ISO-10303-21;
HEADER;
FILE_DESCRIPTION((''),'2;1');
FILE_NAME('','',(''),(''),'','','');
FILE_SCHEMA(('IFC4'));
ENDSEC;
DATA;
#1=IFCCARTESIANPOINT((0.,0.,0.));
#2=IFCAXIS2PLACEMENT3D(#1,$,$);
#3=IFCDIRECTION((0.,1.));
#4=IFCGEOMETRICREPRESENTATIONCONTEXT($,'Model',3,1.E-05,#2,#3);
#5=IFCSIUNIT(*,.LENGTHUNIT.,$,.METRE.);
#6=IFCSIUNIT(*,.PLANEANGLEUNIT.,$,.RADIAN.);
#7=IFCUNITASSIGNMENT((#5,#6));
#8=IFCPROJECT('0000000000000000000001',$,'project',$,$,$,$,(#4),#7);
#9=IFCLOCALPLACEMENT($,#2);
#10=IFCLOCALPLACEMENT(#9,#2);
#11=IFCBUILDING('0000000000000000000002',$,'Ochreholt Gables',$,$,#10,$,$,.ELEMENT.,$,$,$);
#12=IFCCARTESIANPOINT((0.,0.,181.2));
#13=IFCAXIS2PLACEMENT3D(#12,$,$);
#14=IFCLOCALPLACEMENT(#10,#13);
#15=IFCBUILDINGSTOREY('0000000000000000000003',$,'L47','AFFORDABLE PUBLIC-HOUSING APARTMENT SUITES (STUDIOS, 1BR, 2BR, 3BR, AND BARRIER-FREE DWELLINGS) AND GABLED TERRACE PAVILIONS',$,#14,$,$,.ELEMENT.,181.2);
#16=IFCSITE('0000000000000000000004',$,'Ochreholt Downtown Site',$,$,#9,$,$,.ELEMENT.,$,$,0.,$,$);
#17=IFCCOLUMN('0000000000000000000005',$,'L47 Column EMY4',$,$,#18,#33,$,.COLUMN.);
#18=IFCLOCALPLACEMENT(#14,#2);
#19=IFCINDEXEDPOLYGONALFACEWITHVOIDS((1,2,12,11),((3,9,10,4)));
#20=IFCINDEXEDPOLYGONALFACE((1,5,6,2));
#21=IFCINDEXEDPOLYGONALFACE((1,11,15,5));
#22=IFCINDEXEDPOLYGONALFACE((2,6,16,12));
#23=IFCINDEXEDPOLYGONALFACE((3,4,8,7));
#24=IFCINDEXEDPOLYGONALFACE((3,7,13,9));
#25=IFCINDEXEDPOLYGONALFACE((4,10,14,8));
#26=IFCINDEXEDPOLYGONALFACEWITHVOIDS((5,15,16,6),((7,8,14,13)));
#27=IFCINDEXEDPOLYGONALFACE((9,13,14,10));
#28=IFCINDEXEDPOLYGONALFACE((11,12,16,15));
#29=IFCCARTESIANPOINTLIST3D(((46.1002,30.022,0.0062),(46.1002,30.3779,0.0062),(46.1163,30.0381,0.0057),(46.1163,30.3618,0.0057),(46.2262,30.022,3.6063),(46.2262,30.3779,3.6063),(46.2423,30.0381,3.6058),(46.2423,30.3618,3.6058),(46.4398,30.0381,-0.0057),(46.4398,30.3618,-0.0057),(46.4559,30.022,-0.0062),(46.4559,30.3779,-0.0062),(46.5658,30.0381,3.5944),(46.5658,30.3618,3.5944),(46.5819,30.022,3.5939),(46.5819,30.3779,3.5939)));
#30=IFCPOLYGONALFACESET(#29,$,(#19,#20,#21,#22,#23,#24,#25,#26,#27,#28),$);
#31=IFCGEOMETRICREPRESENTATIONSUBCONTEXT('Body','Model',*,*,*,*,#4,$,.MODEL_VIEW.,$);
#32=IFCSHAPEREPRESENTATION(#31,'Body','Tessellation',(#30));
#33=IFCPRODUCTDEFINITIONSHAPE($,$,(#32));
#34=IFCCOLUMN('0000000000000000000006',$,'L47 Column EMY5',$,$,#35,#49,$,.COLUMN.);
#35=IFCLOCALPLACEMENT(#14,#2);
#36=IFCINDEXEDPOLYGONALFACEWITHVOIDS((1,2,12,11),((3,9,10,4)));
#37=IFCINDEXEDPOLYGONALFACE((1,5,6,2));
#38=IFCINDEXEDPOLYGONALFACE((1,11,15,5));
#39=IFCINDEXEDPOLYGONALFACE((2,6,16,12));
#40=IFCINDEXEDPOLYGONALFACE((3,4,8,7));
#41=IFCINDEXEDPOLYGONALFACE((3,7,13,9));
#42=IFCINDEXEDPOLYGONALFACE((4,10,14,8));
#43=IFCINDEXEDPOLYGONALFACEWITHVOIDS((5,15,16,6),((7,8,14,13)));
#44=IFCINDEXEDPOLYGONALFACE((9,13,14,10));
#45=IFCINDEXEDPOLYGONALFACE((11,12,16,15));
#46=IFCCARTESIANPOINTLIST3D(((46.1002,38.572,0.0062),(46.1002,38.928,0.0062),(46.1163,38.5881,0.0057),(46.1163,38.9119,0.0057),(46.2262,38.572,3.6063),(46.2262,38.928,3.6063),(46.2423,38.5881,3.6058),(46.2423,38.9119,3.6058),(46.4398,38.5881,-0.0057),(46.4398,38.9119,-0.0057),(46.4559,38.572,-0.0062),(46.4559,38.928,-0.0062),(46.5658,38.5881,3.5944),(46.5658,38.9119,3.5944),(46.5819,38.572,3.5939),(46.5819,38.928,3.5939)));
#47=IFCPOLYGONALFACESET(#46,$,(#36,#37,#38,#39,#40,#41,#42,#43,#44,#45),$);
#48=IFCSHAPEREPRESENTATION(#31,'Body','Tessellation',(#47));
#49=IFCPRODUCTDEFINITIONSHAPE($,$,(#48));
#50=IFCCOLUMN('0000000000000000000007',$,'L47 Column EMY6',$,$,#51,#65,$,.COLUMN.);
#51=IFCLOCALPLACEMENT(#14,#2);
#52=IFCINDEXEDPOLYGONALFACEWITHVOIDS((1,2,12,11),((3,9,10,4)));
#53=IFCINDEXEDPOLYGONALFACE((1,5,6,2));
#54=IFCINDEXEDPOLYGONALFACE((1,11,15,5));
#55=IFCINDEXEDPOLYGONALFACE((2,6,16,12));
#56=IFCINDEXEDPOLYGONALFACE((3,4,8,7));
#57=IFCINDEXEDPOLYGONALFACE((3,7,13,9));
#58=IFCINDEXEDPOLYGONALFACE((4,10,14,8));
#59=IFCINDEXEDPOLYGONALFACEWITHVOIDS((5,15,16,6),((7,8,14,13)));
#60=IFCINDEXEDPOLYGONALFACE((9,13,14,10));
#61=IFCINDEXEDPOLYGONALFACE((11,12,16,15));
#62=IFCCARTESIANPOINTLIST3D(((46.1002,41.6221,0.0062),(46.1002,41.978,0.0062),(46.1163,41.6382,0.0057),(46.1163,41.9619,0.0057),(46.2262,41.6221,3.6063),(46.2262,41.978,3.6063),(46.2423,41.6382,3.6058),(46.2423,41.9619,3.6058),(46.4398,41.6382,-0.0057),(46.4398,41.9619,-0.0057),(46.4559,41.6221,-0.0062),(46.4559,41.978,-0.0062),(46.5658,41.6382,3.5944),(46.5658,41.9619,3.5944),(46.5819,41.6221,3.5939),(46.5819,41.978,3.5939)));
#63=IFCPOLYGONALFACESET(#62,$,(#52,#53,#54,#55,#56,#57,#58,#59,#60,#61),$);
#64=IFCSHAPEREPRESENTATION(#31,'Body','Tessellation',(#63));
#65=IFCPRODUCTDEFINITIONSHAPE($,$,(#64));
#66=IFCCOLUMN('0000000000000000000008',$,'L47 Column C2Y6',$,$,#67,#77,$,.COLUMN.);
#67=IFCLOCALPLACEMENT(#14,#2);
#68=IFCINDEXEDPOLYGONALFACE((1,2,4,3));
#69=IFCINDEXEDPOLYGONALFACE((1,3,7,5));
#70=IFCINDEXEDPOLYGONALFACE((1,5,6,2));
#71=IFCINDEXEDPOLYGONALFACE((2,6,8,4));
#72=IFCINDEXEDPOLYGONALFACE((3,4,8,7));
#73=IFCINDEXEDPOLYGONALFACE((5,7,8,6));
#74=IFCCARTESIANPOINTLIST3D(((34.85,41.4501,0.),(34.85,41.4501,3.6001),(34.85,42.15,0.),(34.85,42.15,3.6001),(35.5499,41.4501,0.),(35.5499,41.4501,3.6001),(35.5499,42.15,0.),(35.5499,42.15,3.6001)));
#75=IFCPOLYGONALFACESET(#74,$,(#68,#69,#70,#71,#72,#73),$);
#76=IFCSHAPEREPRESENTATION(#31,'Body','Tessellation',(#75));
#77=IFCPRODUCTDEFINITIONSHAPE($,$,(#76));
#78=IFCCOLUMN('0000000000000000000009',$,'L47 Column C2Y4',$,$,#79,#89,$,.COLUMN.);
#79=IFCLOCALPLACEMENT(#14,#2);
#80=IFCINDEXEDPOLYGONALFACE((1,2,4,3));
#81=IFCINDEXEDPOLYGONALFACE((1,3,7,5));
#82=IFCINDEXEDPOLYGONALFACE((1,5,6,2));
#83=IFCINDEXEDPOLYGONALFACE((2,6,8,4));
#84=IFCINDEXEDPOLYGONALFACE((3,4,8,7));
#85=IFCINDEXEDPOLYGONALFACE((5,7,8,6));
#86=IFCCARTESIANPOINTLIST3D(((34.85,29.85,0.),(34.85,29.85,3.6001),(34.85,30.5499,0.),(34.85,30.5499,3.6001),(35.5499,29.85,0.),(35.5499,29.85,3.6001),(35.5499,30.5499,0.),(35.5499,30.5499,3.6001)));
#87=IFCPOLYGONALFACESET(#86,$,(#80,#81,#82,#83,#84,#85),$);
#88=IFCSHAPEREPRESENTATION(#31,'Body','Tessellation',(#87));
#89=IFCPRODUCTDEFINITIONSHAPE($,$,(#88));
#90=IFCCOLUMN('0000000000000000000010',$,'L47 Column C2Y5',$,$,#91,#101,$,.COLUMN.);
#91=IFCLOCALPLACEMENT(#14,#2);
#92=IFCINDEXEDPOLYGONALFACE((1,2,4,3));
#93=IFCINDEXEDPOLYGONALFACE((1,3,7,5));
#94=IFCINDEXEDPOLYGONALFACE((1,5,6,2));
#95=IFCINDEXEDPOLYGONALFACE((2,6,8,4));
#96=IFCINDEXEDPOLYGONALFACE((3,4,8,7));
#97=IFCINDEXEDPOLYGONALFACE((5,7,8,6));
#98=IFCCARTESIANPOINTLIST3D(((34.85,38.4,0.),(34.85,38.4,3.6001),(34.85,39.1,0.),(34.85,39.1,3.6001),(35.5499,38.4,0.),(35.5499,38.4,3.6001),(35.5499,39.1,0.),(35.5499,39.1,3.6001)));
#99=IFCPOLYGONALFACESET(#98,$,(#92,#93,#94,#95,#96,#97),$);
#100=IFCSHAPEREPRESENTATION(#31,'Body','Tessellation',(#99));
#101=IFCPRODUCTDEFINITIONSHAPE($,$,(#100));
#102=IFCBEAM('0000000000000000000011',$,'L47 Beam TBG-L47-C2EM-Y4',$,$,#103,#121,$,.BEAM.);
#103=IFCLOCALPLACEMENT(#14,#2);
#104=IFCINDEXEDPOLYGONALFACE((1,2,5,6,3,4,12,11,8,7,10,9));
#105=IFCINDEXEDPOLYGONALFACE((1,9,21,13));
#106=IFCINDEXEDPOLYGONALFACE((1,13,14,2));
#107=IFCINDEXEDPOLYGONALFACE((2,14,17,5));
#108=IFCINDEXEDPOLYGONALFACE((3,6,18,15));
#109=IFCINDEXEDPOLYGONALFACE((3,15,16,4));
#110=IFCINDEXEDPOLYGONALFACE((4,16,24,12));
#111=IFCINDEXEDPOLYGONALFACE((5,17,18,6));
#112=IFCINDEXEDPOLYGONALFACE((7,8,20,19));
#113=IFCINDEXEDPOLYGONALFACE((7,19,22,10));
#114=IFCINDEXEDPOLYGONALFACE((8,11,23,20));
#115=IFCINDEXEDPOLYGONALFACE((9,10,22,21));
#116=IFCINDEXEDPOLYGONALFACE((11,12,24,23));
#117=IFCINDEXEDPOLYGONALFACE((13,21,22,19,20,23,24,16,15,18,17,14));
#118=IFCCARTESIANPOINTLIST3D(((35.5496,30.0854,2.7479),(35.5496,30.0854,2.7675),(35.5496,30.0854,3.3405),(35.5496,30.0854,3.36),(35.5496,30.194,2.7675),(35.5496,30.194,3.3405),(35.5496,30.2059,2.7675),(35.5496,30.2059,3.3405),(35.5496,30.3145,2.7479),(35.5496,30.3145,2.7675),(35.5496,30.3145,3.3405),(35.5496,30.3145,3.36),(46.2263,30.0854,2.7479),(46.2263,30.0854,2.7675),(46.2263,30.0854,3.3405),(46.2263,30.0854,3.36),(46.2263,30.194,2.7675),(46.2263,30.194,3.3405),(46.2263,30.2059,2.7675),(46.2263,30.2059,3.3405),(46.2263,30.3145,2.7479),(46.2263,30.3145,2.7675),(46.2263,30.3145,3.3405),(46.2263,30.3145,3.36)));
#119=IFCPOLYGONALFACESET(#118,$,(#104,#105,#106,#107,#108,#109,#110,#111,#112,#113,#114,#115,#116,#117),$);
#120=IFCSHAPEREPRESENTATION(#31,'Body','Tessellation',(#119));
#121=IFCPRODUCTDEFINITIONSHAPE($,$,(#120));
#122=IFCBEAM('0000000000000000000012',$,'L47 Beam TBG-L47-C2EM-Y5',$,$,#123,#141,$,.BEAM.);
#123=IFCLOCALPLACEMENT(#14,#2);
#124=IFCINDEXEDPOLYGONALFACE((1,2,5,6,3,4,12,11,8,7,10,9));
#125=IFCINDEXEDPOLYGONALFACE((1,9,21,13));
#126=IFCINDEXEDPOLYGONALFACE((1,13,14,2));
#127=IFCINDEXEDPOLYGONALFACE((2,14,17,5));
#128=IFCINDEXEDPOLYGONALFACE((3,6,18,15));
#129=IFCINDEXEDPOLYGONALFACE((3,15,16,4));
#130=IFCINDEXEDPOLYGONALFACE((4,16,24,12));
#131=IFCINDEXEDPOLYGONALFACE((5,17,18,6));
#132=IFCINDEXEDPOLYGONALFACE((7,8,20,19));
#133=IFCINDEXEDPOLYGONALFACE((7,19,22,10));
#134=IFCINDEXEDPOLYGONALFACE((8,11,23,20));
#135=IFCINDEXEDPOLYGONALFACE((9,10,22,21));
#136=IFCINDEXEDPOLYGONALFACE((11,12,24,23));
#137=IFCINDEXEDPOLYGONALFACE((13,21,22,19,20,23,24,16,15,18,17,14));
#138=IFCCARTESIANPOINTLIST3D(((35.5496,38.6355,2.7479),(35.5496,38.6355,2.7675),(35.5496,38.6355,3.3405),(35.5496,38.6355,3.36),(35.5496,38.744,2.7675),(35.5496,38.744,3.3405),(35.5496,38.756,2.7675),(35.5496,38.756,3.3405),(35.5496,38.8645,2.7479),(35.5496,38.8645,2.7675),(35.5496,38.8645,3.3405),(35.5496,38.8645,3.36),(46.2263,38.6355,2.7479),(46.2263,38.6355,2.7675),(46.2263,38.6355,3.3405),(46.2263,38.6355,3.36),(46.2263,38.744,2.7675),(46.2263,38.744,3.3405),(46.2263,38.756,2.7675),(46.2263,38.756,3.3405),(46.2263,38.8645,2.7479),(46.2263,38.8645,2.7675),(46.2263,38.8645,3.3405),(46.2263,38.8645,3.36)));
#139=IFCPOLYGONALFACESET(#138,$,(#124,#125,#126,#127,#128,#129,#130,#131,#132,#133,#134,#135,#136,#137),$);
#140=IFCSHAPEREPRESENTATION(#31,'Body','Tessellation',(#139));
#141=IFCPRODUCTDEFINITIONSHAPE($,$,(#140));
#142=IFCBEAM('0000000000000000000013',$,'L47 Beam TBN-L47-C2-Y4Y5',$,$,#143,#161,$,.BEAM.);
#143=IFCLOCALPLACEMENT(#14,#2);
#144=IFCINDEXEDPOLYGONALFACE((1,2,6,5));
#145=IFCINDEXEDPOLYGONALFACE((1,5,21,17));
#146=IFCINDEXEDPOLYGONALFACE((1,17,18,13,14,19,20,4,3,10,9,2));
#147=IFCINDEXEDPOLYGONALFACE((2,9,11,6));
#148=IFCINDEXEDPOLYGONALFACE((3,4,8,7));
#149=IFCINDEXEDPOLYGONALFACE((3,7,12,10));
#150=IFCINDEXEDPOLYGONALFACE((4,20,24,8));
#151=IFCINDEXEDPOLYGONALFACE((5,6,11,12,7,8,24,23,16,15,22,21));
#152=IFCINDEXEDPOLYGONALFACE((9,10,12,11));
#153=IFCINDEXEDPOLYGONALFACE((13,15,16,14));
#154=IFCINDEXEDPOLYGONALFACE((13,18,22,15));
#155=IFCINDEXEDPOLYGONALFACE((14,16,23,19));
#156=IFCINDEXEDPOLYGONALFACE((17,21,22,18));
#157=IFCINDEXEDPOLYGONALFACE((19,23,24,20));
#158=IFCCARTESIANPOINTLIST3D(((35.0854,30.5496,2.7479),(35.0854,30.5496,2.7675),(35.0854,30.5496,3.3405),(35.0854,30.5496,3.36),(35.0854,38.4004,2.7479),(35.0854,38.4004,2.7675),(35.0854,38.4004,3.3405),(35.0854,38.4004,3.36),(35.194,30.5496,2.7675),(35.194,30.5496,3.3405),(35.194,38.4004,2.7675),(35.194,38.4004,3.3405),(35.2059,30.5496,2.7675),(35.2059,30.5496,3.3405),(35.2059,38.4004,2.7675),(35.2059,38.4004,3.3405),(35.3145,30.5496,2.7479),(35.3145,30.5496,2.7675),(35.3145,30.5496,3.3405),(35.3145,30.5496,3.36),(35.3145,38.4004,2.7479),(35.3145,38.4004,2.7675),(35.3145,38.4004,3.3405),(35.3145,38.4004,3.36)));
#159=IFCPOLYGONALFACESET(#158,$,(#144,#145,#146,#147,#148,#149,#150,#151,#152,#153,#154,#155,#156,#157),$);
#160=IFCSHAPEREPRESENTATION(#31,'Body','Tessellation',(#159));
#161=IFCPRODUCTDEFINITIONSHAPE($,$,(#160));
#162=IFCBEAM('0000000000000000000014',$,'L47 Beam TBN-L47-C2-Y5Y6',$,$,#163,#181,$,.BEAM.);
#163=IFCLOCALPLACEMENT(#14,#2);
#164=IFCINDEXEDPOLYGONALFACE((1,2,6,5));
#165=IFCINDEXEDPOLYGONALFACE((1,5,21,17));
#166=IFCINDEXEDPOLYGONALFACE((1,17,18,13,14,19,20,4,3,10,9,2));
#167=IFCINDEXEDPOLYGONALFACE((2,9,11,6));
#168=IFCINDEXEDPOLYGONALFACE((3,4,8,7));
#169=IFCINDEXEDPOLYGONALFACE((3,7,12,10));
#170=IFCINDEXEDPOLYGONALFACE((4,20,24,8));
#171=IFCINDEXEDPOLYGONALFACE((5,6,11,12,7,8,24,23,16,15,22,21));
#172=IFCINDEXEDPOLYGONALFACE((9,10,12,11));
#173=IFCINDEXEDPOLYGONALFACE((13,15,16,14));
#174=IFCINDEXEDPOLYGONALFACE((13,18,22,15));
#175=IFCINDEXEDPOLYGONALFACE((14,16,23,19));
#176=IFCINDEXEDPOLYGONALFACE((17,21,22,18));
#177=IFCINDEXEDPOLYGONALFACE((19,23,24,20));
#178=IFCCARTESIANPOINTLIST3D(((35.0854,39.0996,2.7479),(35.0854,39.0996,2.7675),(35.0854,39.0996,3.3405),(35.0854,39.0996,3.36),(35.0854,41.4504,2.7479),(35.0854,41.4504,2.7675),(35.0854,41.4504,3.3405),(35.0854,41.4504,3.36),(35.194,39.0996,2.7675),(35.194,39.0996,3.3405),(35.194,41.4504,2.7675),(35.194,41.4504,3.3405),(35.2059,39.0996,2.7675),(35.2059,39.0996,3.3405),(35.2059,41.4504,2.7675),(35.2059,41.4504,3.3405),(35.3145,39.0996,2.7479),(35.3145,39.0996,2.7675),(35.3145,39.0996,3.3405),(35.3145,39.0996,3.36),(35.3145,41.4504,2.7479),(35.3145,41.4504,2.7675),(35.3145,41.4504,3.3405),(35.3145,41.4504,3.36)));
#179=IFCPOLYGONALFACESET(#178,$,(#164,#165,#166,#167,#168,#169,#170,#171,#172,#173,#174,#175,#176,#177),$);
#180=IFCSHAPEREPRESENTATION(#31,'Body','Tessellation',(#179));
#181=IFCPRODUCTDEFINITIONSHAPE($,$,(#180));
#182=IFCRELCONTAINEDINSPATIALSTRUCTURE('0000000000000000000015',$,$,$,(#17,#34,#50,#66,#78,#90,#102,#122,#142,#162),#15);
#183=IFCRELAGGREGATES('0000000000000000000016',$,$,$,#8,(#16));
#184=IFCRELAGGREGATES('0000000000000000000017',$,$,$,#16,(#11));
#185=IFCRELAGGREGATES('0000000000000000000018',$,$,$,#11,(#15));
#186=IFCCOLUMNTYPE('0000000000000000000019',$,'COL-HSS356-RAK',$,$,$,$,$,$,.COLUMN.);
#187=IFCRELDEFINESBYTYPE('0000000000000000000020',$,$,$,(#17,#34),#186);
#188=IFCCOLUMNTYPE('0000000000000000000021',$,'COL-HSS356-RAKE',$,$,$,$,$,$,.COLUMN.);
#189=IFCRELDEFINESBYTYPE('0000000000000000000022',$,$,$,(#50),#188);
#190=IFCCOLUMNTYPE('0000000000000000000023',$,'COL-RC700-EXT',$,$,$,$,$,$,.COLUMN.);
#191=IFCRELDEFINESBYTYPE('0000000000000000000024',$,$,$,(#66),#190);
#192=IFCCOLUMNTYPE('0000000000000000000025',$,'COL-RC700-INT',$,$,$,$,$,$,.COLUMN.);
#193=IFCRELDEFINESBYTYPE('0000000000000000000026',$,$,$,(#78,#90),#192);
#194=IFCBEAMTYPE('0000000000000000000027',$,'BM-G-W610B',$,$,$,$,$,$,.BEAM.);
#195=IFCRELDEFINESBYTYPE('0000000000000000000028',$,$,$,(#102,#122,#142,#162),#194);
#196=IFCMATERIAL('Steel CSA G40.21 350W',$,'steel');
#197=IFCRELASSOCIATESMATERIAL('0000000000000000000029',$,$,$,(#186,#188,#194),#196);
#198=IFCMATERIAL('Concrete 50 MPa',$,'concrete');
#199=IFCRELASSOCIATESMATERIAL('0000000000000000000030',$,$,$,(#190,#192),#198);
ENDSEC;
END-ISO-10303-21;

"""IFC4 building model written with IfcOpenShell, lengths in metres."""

from ifc_helpers import new_model, si_unit, direction, frame, origin, origin_2d, place, context, subcontext, project, spatial, rectangle, hollow_rectangle, i_section, extrude, material, material_profile, profile_set, type_object, element, save


model = new_model("IFC4")

# Units and contexts
model_context = context("Model", 3, precision=1e-05, world=origin(), true_north=direction((0.0, 1.0)))
body_context = subcontext(model_context, "Body", "Model", "MODEL_VIEW")
ifc_project = project(units=[si_unit("LENGTHUNIT", "METRE"), si_unit("PLANEANGLEUNIT", "RADIAN")], contexts=[model_context])

# Site, building, storey
site_placement = place(None, origin())
site = spatial("IfcSite", under=ifc_project, at=site_placement, Name="Ochreholt Downtown Site", CompositionType="ELEMENT", RefElevation=0.0)
building_placement = place(site_placement, origin())
building = spatial("IfcBuilding", under=site, at=building_placement, Name="Ochreholt Gables", CompositionType="ELEMENT")
storey_placement = place(building_placement, frame((0.0, 0.0, 181.2)))
storey = spatial("IfcBuildingStorey", under=building, at=storey_placement, Name="L47", Description="AFFORDABLE PUBLIC-HOUSING APARTMENT SUITES (STUDIOS, 1BR, 2BR, 3BR, AND BARRIER-FREE DWELLINGS) AND GABLED TERRACE PAVILIONS", CompositionType="ELEMENT", Elevation=181.2)

# Columns
ifc_material_1 = material(Name="Steel CSA G40.21 350W", Category="steel")
ifc_material_profile_1 = material_profile(ifc_material_1, hollow_rectangle(XDim=0.356, YDim=0.356, WallThickness=0.0161, at=origin_2d()), Name="HSS356X356X16")
ifc_profile_set_1 = profile_set([ifc_material_profile_1], Name="Steel CSA G40.21 350W")
column_type_1 = type_object("IfcColumnType", Name="COL-HSS356-RAK", PredefinedType="COLUMN", material=ifc_profile_set_1)
for number, where, z_axis, x_axis, name in (
    (1, (46.2781, 30.2, 0.0), (0.034971, 0.0, 0.999388), (0.0, 1.0, 0.0), "L47 Column EMY4"),
    (2, (46.2781, 38.75, 0.0), (0.034971, 0.0, 0.999388), (0.0, 1.0, 0.0), "L47 Column EMY5"),
):
    element("IfcColumn", number, at=place(storey_placement, frame(where, z_axis=z_axis, x_axis=x_axis)), inside=storey, type_object=column_type_1, Name=name, PredefinedType="COLUMN", context=body_context, shape_type="SweptSolid", body=[
        extrude(hollow_rectangle(XDim=0.356, YDim=0.356, WallThickness=0.0161, at=origin_2d()), origin(), (0.0, 0.0, 1.0), 3.6023),
    ])
ifc_material_profile_2 = material_profile(ifc_material_1, hollow_rectangle(XDim=0.356, YDim=0.356, WallThickness=0.0161, at=origin_2d()), Name="HSS356X356X16")
ifc_profile_set_2 = profile_set([ifc_material_profile_2], Name="Steel CSA G40.21 350W")
column_type_2 = type_object("IfcColumnType", Name="COL-HSS356-RAKE", PredefinedType="COLUMN", material=ifc_profile_set_2)
column_1_placement = place(storey_placement, frame((46.2781, 41.8, 0.0), z_axis=(0.034971, 0.0, 0.999388), x_axis=(0.0, 1.0, 0.0)))
element("IfcColumn", 3, at=column_1_placement, inside=storey, type_object=column_type_2, Name="L47 Column EMY6", PredefinedType="COLUMN", context=body_context, shape_type="SweptSolid", body=[
    extrude(hollow_rectangle(XDim=0.356, YDim=0.356, WallThickness=0.0161, at=origin_2d()), origin(), (0.0, 0.0, 1.0), 3.6023),
])
ifc_material_2 = material(Name="Concrete 50 MPa", Category="concrete")
ifc_material_profile_3 = material_profile(ifc_material_2, rectangle(XDim=0.7, YDim=0.7, at=origin_2d()), Name="RC700X700")
ifc_profile_set_3 = profile_set([ifc_material_profile_3], Name="Concrete 50 MPa")
column_type_3 = type_object("IfcColumnType", Name="COL-RC700-EXT", PredefinedType="COLUMN", material=ifc_profile_set_3)
column_2_placement = place(storey_placement, frame((35.2, 41.8, 0.0), z_axis=(0.0, 0.0, 1.0), x_axis=(1.0, 0.0, 0.0)))
element("IfcColumn", 4, at=column_2_placement, inside=storey, type_object=column_type_3, Name="L47 Column C2Y6", PredefinedType="COLUMN", context=body_context, shape_type="SweptSolid", body=[
    extrude(rectangle(XDim=0.7, YDim=0.7, at=origin_2d()), origin(), (0.0, 0.0, 1.0), 3.6001),
])
ifc_material_profile_4 = material_profile(ifc_material_2, rectangle(XDim=0.7, YDim=0.7, at=origin_2d()), Name="RC700X700")
ifc_profile_set_4 = profile_set([ifc_material_profile_4], Name="Concrete 50 MPa")
column_type_4 = type_object("IfcColumnType", Name="COL-RC700-INT", PredefinedType="COLUMN", material=ifc_profile_set_4)
for number, where, z_axis, x_axis, name in (
    (5, (35.2, 30.2, 0.0), (0.0, 0.0, 1.0), (1.0, 0.0, 0.0), "L47 Column C2Y4"),
    (6, (35.2, 38.75, 0.0), (0.0, 0.0, 1.0), (1.0, 0.0, 0.0), "L47 Column C2Y5"),
):
    element("IfcColumn", number, at=place(storey_placement, frame(where, z_axis=z_axis, x_axis=x_axis)), inside=storey, type_object=column_type_4, Name=name, PredefinedType="COLUMN", context=body_context, shape_type="SweptSolid", body=[
        extrude(rectangle(XDim=0.7, YDim=0.7, at=origin_2d()), origin(), (0.0, 0.0, 1.0), 3.6001),
    ])

# Beams
ifc_material_profile_5 = material_profile(ifc_material_1, i_section(OverallWidth=0.229, OverallDepth=0.6121, WebThickness=0.012, FlangeThickness=0.0195, at=origin_2d()), Name="W610X125")
ifc_profile_set_5 = profile_set([ifc_material_profile_5], Name="Steel CSA G40.21 350W")
beam_type_1 = type_object("IfcBeamType", Name="BM-G-W610B", PredefinedType="BEAM", material=ifc_profile_set_5)
for number, where, z_axis, x_axis, name in (
    (7, (35.5496, 30.2, 3.054), (1.0, 0.0, 0.0), (0.0, 1.0, 0.0), "L47 Beam TBG-L47-C2EM-Y4"),
    (8, (35.5496, 38.75, 3.054), (1.0, 0.0, 0.0), (0.0, 1.0, 0.0), "L47 Beam TBG-L47-C2EM-Y5"),
):
    element("IfcBeam", number, at=place(storey_placement, frame(where, z_axis=z_axis, x_axis=x_axis)), inside=storey, type_object=beam_type_1, Name=name, PredefinedType="BEAM", context=body_context, shape_type="SweptSolid", body=[
        extrude(i_section(OverallWidth=0.229, OverallDepth=0.6121, WebThickness=0.012, FlangeThickness=0.0195, at=origin_2d()), origin(), (0.0, 0.0, 1.0), 10.6768),
    ])
beam_1_placement = place(storey_placement, frame((35.2, 30.5496, 3.054), z_axis=(0.0, 1.0, 0.0), x_axis=(-1.0, 0.0, 0.0)))
element("IfcBeam", 9, at=beam_1_placement, inside=storey, type_object=beam_type_1, Name="L47 Beam TBN-L47-C2-Y4Y5", PredefinedType="BEAM", context=body_context, shape_type="SweptSolid", body=[
    extrude(i_section(OverallWidth=0.229, OverallDepth=0.6121, WebThickness=0.012, FlangeThickness=0.0195, at=origin_2d()), origin(), (0.0, 0.0, 1.0), 7.8508),
])
beam_2_placement = place(storey_placement, frame((35.2, 39.0996, 3.054), z_axis=(0.0, 1.0, 0.0), x_axis=(-1.0, 0.0, 0.0)))
element("IfcBeam", 10, at=beam_2_placement, inside=storey, type_object=beam_type_1, Name="L47 Beam TBN-L47-C2-Y5Y6", PredefinedType="BEAM", context=body_context, shape_type="SweptSolid", body=[
    extrude(i_section(OverallWidth=0.229, OverallDepth=0.6121, WebThickness=0.012, FlangeThickness=0.0195, at=origin_2d()), origin(), (0.0, 0.0, 1.0), 2.3508),
])

save(model, "model.ifc")
